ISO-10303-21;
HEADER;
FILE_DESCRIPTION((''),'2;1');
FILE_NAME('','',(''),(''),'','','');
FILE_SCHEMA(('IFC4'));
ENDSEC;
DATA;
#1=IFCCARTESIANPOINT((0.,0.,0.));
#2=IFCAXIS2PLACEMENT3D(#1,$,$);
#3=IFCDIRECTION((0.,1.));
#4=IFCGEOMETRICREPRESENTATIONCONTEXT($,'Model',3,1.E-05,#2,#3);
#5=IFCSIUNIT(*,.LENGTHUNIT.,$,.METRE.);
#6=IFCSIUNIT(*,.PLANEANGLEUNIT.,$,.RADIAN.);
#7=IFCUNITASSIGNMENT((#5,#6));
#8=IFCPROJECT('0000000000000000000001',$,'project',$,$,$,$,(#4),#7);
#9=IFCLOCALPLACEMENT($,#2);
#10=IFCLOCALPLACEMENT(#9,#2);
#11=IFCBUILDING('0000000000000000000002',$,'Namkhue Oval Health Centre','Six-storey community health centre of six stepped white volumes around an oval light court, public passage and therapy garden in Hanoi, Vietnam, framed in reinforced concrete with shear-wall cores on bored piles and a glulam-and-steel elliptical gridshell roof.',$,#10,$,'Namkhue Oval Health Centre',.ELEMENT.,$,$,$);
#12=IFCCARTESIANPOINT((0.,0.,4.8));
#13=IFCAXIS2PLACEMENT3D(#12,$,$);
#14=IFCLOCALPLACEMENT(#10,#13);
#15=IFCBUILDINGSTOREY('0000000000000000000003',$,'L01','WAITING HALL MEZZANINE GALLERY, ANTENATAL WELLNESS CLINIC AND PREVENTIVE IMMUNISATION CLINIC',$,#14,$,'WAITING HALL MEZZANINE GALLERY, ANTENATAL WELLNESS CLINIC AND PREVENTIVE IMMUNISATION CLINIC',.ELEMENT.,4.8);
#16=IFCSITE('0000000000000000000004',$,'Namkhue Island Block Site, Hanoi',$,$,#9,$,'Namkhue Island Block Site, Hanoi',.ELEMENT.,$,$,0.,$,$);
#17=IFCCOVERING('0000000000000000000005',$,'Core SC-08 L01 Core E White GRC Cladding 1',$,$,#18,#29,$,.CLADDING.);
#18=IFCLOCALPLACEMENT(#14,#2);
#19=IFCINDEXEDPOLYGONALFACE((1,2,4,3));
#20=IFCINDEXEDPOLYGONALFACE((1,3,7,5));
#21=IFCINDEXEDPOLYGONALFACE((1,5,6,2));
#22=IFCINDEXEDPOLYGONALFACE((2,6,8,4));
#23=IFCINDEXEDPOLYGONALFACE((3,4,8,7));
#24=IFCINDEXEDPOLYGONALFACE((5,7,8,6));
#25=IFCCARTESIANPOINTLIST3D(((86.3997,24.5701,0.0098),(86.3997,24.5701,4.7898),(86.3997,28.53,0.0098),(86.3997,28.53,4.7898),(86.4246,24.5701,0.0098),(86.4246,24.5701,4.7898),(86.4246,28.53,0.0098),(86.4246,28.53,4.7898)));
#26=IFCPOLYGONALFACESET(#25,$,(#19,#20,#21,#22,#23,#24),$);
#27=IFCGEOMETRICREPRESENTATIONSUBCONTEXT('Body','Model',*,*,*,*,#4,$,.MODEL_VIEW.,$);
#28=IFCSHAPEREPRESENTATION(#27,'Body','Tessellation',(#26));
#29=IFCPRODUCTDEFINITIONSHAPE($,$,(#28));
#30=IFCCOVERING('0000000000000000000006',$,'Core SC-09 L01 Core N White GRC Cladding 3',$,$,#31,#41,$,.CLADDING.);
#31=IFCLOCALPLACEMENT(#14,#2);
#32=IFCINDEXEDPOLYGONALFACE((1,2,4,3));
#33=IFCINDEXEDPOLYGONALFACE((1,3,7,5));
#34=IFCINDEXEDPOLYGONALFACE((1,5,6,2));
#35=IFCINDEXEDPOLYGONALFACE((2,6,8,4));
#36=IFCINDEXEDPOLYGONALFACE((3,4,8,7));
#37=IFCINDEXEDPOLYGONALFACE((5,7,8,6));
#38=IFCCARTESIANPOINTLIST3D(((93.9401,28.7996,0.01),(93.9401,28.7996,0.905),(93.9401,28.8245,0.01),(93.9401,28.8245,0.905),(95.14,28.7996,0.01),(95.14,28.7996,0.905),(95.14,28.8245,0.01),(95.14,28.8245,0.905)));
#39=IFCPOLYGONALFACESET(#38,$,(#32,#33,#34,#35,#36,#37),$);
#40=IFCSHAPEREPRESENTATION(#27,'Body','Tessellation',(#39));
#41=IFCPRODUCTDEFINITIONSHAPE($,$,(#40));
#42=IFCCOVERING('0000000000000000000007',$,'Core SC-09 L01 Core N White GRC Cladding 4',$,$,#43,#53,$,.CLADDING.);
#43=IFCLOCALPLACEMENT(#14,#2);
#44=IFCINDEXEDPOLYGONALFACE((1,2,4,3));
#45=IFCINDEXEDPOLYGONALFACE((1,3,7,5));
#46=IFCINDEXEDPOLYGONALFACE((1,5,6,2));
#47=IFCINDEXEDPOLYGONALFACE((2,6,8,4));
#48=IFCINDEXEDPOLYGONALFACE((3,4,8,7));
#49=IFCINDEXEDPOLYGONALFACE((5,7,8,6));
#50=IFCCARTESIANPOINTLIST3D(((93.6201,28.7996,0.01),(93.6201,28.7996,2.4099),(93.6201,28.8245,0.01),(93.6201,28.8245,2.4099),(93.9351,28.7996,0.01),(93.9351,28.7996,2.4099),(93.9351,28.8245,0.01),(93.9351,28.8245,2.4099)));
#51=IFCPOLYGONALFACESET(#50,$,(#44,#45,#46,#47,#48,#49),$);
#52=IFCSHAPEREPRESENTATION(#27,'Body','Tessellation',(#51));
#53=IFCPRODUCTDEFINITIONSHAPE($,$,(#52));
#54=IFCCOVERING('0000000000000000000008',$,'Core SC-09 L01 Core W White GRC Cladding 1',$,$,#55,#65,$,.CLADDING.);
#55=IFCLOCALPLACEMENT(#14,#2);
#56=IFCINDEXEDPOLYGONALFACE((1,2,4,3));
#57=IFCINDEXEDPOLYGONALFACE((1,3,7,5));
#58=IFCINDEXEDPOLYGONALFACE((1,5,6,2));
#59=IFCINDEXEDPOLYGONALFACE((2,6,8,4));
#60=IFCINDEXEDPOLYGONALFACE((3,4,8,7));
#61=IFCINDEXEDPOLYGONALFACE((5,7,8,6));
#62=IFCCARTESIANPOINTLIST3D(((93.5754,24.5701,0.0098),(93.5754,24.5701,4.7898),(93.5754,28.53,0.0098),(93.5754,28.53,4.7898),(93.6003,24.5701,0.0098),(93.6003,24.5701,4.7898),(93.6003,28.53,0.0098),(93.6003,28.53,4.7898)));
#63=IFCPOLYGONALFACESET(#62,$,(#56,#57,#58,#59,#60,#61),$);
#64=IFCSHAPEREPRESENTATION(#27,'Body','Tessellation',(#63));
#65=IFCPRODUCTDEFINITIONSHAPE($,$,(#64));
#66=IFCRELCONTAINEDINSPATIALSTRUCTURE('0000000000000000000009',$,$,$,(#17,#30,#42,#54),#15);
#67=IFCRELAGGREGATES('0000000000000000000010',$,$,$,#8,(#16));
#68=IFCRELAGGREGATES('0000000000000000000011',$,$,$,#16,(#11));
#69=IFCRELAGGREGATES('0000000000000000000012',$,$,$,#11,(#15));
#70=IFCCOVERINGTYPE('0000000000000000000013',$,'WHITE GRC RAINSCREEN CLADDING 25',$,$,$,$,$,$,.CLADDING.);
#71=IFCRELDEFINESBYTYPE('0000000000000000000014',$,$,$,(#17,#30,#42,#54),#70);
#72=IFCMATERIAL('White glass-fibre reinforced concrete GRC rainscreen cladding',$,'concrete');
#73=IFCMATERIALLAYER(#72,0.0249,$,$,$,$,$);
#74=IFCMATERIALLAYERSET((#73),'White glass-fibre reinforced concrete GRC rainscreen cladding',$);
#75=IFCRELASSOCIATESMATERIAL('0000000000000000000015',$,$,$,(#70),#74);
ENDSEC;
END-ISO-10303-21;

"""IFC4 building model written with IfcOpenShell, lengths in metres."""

from ifc_helpers import new_model, si_unit, direction, frame, origin, origin_2d, place, context, subcontext, project, spatial, rectangle, extrude, material, layer, layer_set, type_object, element, save


model = new_model("IFC4")

# Units and contexts
model_context = context("Model", 3, precision=1e-05, world=origin(), true_north=direction((0.0, 1.0)))
body_context = subcontext(model_context, "Body", "Model", "MODEL_VIEW")
ifc_project = project(units=[si_unit("LENGTHUNIT", "METRE"), si_unit("PLANEANGLEUNIT", "RADIAN")], contexts=[model_context])

# Site, building, storey
site_placement = place(None, origin())
site = spatial("IfcSite", under=ifc_project, at=site_placement, Name="Namkhue Island Block Site, Hanoi", LongName="Namkhue Island Block Site, Hanoi", CompositionType="ELEMENT", RefElevation=0.0)
building_placement = place(site_placement, origin())
building = spatial("IfcBuilding", under=site, at=building_placement, Name="Namkhue Oval Health Centre", Description="Six-storey community health centre of six stepped white volumes around an oval light court, public passage and therapy garden in Hanoi, Vietnam, framed in reinforced concrete with shear-wall cores on bored piles and a glulam-and-steel elliptical gridshell roof.", LongName="Namkhue Oval Health Centre", CompositionType="ELEMENT")
storey_placement = place(building_placement, frame((0.0, 0.0, 4.8)))
storey = spatial("IfcBuildingStorey", under=building, at=storey_placement, Name="L01", Description="WAITING HALL MEZZANINE GALLERY, ANTENATAL WELLNESS CLINIC AND PREVENTIVE IMMUNISATION CLINIC", LongName="WAITING HALL MEZZANINE GALLERY, ANTENATAL WELLNESS CLINIC AND PREVENTIVE IMMUNISATION CLINIC", CompositionType="ELEMENT", Elevation=4.8)

# Coverings
ifc_material_1 = material(Name="White glass-fibre reinforced concrete GRC rainscreen cladding", Category="concrete")
ifc_layer_1 = layer(ifc_material_1, 0.0249)
ifc_layer_set_1 = layer_set([ifc_layer_1], Name="White glass-fibre reinforced concrete GRC rainscreen cladding")
covering_type = type_object("IfcCoveringType", Name="WHITE GRC RAINSCREEN CLADDING 25", PredefinedType="CLADDING", material=ifc_layer_set_1)
covering_1_placement = place(storey_placement, frame((86.4121, 26.55, 0.0098), z_axis=(0.0, 0.0, 1.0), x_axis=(0.0, 1.0, 0.0)))
element("IfcCovering", 1, at=covering_1_placement, inside=storey, type_object=covering_type, Name="Core SC-08 L01 Core E White GRC Cladding 1", PredefinedType="CLADDING", context=body_context, shape_type="SweptSolid", body=[
    extrude(rectangle(XDim=3.96, YDim=0.0249, at=origin_2d()), origin(), (0.0, 0.0, 1.0), 4.78),
])
covering_2_placement = place(storey_placement, frame((94.54, 28.812, 0.01), z_axis=(0.0, 0.0, 1.0), x_axis=(-1.0, 0.0, 0.0)))
element("IfcCovering", 2, at=covering_2_placement, inside=storey, type_object=covering_type, Name="Core SC-09 L01 Core N White GRC Cladding 3", PredefinedType="CLADDING", context=body_context, shape_type="SweptSolid", body=[
    extrude(rectangle(XDim=1.2, YDim=0.0249, at=origin_2d()), origin(), (0.0, 0.0, 1.0), 0.895),
])
covering_3_placement = place(storey_placement, frame((93.7776, 28.812, 0.01), z_axis=(0.0, 0.0, 1.0), x_axis=(-1.0, 0.0, 0.0)))
element("IfcCovering", 3, at=covering_3_placement, inside=storey, type_object=covering_type, Name="Core SC-09 L01 Core N White GRC Cladding 4", PredefinedType="CLADDING", context=body_context, shape_type="SweptSolid", body=[
    extrude(rectangle(XDim=0.3149, YDim=0.0249, at=origin_2d()), origin(), (0.0, 0.0, 1.0), 2.3999),
])
covering_4_placement = place(storey_placement, frame((93.5879, 26.55, 0.0098), z_axis=(0.0, 0.0, 1.0), x_axis=(0.0, -1.0, 0.0)))
element("IfcCovering", 4, at=covering_4_placement, inside=storey, type_object=covering_type, Name="Core SC-09 L01 Core W White GRC Cladding 1", PredefinedType="CLADDING", context=body_context, shape_type="SweptSolid", body=[
    extrude(rectangle(XDim=3.96, YDim=0.0249, at=origin_2d()), origin(), (0.0, 0.0, 1.0), 4.78),
])

save(model, "model.ifc")
